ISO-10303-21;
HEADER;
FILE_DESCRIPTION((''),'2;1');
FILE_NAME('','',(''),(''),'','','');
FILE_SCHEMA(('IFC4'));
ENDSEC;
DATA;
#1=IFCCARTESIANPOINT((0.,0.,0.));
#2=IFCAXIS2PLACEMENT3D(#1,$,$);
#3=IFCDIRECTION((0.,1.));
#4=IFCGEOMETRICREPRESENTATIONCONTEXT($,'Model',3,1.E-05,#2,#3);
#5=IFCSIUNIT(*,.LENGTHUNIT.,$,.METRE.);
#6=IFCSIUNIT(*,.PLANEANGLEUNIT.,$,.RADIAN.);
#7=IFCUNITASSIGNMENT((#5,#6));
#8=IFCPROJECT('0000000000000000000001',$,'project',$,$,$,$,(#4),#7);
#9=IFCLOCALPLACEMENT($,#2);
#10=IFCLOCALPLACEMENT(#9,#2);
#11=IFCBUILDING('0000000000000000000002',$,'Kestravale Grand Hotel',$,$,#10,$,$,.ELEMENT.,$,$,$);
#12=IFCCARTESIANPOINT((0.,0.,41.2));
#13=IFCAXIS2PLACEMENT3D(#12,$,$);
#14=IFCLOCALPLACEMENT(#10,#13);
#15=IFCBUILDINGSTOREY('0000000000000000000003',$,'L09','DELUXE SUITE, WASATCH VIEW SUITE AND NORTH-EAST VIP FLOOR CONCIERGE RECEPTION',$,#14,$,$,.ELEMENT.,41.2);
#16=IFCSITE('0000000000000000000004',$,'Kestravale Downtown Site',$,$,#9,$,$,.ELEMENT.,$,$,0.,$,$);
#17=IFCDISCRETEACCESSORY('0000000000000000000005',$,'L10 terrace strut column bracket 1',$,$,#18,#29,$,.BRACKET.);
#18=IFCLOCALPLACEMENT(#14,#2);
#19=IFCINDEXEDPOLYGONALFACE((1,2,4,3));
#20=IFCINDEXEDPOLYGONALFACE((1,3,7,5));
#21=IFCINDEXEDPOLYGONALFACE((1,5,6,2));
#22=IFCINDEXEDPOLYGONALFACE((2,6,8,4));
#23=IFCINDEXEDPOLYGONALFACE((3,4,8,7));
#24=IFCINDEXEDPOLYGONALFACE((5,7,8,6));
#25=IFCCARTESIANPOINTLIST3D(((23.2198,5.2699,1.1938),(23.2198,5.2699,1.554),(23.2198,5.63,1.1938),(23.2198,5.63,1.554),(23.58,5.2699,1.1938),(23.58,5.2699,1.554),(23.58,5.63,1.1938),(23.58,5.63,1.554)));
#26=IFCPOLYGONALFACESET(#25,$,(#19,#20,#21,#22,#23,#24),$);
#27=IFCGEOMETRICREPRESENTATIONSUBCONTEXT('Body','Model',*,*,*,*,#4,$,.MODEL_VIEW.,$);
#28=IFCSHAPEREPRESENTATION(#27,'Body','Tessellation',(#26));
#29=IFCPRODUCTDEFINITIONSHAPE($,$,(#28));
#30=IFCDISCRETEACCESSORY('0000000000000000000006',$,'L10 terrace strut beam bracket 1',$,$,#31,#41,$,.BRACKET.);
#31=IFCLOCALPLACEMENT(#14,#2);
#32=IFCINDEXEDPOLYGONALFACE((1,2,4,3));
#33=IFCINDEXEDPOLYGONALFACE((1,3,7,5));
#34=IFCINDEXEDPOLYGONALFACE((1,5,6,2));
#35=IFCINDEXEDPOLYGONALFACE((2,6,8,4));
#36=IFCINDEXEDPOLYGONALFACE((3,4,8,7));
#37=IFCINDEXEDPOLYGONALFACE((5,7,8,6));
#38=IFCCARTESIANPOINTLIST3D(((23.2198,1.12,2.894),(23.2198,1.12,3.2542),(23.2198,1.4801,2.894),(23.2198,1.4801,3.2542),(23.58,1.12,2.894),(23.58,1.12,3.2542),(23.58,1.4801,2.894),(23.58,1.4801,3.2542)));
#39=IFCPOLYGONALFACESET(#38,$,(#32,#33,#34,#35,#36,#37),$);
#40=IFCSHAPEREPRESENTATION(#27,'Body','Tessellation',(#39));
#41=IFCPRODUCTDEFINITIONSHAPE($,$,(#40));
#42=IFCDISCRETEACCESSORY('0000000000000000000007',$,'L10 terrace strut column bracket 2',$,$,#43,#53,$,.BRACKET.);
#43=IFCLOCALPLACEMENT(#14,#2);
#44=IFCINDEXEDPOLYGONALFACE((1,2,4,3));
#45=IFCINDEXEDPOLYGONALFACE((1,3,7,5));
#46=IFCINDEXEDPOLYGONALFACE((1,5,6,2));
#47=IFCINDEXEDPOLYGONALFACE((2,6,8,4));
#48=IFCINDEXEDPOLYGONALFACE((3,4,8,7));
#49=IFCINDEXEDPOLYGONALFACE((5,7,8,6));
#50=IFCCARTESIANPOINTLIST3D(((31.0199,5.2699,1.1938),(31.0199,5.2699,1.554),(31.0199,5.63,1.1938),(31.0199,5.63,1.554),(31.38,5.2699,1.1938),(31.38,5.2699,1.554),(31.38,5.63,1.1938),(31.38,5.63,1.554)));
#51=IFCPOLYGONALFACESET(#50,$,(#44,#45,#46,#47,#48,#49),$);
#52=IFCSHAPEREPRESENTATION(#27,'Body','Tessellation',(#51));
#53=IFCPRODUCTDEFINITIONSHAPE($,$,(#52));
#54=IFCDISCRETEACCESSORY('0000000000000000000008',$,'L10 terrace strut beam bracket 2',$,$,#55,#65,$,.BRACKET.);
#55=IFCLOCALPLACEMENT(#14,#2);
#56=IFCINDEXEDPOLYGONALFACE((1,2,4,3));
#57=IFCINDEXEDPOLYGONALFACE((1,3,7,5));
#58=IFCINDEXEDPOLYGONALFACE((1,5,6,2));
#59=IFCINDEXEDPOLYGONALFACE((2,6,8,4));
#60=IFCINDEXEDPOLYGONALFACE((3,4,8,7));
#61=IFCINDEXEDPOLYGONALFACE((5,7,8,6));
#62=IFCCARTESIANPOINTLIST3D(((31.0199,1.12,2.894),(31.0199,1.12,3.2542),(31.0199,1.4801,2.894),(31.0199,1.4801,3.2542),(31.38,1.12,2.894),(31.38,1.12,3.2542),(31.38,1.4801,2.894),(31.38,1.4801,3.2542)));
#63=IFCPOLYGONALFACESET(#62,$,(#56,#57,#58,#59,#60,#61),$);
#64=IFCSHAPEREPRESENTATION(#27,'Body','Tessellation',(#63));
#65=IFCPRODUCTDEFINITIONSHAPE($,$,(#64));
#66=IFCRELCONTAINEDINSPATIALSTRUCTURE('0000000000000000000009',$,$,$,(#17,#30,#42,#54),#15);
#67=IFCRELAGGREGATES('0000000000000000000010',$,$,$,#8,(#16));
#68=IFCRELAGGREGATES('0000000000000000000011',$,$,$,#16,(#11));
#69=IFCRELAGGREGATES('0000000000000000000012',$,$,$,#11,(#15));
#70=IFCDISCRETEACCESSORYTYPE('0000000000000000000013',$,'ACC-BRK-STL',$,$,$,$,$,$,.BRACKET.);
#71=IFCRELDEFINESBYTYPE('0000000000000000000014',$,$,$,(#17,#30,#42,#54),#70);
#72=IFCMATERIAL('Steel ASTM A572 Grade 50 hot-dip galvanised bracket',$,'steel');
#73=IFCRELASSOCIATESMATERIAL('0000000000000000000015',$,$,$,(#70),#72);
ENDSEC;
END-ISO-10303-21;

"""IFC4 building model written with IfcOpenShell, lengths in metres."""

from ifc_helpers import new_model, si_unit, direction, frame, origin, origin_2d, place, context, subcontext, project, spatial, rectangle, extrude, material, type_object, element, save


model = new_model("IFC4")

# Units and contexts
model_context = context("Model", 3, precision=1e-05, world=origin(), true_north=direction((0.0, 1.0)))
body_context = subcontext(model_context, "Body", "Model", "MODEL_VIEW")
ifc_project = project(units=[si_unit("LENGTHUNIT", "METRE"), si_unit("PLANEANGLEUNIT", "RADIAN")], contexts=[model_context])

# Site, building, storey
site_placement = place(None, origin())
site = spatial("IfcSite", under=ifc_project, at=site_placement, Name="Kestravale Downtown Site", CompositionType="ELEMENT", RefElevation=0.0)
building_placement = place(site_placement, origin())
building = spatial("IfcBuilding", under=site, at=building_placement, Name="Kestravale Grand Hotel", CompositionType="ELEMENT")
storey_placement = place(building_placement, frame((0.0, 0.0, 41.2)))
storey = spatial("IfcBuildingStorey", under=building, at=storey_placement, Name="L09", Description="DELUXE SUITE, WASATCH VIEW SUITE AND NORTH-EAST VIP FLOOR CONCIERGE RECEPTION", CompositionType="ELEMENT", Elevation=41.2)

# Discrete accessories
ifc_material_1 = material(Name="Steel ASTM A572 Grade 50 hot-dip galvanised bracket", Category="steel")
discrete_accessory_type = type_object("IfcDiscreteAccessoryType", Name="ACC-BRK-STL", PredefinedType="BRACKET", material=ifc_material_1)
for number, where, z_axis, x_axis, name in (
    (1, (23.3999, 5.45, 1.1938), (0.0, 0.0, 1.0), (1.0, 0.0, 0.0), "L10 terrace strut column bracket 1"),
    (2, (23.3999, 1.3, 2.894), (0.0, 0.0, 1.0), (1.0, 0.0, 0.0), "L10 terrace strut beam bracket 1"),
    (3, (31.2, 5.45, 1.1938), (0.0, 0.0, 1.0), (1.0, 0.0, 0.0), "L10 terrace strut column bracket 2"),
    (4, (31.2, 1.3, 2.894), (0.0, 0.0, 1.0), (1.0, 0.0, 0.0), "L10 terrace strut beam bracket 2"),
):
    element("IfcDiscreteAccessory", number, at=place(storey_placement, frame(where, z_axis=z_axis, x_axis=x_axis)), inside=storey, type_object=discrete_accessory_type, Name=name, PredefinedType="BRACKET", context=body_context, shape_type="SweptSolid", body=[
        extrude(rectangle(XDim=0.3601, YDim=0.3601, at=origin_2d()), origin(), (0.0, 0.0, 1.0), 0.3601),
    ])

save(model, "model.ifc")
